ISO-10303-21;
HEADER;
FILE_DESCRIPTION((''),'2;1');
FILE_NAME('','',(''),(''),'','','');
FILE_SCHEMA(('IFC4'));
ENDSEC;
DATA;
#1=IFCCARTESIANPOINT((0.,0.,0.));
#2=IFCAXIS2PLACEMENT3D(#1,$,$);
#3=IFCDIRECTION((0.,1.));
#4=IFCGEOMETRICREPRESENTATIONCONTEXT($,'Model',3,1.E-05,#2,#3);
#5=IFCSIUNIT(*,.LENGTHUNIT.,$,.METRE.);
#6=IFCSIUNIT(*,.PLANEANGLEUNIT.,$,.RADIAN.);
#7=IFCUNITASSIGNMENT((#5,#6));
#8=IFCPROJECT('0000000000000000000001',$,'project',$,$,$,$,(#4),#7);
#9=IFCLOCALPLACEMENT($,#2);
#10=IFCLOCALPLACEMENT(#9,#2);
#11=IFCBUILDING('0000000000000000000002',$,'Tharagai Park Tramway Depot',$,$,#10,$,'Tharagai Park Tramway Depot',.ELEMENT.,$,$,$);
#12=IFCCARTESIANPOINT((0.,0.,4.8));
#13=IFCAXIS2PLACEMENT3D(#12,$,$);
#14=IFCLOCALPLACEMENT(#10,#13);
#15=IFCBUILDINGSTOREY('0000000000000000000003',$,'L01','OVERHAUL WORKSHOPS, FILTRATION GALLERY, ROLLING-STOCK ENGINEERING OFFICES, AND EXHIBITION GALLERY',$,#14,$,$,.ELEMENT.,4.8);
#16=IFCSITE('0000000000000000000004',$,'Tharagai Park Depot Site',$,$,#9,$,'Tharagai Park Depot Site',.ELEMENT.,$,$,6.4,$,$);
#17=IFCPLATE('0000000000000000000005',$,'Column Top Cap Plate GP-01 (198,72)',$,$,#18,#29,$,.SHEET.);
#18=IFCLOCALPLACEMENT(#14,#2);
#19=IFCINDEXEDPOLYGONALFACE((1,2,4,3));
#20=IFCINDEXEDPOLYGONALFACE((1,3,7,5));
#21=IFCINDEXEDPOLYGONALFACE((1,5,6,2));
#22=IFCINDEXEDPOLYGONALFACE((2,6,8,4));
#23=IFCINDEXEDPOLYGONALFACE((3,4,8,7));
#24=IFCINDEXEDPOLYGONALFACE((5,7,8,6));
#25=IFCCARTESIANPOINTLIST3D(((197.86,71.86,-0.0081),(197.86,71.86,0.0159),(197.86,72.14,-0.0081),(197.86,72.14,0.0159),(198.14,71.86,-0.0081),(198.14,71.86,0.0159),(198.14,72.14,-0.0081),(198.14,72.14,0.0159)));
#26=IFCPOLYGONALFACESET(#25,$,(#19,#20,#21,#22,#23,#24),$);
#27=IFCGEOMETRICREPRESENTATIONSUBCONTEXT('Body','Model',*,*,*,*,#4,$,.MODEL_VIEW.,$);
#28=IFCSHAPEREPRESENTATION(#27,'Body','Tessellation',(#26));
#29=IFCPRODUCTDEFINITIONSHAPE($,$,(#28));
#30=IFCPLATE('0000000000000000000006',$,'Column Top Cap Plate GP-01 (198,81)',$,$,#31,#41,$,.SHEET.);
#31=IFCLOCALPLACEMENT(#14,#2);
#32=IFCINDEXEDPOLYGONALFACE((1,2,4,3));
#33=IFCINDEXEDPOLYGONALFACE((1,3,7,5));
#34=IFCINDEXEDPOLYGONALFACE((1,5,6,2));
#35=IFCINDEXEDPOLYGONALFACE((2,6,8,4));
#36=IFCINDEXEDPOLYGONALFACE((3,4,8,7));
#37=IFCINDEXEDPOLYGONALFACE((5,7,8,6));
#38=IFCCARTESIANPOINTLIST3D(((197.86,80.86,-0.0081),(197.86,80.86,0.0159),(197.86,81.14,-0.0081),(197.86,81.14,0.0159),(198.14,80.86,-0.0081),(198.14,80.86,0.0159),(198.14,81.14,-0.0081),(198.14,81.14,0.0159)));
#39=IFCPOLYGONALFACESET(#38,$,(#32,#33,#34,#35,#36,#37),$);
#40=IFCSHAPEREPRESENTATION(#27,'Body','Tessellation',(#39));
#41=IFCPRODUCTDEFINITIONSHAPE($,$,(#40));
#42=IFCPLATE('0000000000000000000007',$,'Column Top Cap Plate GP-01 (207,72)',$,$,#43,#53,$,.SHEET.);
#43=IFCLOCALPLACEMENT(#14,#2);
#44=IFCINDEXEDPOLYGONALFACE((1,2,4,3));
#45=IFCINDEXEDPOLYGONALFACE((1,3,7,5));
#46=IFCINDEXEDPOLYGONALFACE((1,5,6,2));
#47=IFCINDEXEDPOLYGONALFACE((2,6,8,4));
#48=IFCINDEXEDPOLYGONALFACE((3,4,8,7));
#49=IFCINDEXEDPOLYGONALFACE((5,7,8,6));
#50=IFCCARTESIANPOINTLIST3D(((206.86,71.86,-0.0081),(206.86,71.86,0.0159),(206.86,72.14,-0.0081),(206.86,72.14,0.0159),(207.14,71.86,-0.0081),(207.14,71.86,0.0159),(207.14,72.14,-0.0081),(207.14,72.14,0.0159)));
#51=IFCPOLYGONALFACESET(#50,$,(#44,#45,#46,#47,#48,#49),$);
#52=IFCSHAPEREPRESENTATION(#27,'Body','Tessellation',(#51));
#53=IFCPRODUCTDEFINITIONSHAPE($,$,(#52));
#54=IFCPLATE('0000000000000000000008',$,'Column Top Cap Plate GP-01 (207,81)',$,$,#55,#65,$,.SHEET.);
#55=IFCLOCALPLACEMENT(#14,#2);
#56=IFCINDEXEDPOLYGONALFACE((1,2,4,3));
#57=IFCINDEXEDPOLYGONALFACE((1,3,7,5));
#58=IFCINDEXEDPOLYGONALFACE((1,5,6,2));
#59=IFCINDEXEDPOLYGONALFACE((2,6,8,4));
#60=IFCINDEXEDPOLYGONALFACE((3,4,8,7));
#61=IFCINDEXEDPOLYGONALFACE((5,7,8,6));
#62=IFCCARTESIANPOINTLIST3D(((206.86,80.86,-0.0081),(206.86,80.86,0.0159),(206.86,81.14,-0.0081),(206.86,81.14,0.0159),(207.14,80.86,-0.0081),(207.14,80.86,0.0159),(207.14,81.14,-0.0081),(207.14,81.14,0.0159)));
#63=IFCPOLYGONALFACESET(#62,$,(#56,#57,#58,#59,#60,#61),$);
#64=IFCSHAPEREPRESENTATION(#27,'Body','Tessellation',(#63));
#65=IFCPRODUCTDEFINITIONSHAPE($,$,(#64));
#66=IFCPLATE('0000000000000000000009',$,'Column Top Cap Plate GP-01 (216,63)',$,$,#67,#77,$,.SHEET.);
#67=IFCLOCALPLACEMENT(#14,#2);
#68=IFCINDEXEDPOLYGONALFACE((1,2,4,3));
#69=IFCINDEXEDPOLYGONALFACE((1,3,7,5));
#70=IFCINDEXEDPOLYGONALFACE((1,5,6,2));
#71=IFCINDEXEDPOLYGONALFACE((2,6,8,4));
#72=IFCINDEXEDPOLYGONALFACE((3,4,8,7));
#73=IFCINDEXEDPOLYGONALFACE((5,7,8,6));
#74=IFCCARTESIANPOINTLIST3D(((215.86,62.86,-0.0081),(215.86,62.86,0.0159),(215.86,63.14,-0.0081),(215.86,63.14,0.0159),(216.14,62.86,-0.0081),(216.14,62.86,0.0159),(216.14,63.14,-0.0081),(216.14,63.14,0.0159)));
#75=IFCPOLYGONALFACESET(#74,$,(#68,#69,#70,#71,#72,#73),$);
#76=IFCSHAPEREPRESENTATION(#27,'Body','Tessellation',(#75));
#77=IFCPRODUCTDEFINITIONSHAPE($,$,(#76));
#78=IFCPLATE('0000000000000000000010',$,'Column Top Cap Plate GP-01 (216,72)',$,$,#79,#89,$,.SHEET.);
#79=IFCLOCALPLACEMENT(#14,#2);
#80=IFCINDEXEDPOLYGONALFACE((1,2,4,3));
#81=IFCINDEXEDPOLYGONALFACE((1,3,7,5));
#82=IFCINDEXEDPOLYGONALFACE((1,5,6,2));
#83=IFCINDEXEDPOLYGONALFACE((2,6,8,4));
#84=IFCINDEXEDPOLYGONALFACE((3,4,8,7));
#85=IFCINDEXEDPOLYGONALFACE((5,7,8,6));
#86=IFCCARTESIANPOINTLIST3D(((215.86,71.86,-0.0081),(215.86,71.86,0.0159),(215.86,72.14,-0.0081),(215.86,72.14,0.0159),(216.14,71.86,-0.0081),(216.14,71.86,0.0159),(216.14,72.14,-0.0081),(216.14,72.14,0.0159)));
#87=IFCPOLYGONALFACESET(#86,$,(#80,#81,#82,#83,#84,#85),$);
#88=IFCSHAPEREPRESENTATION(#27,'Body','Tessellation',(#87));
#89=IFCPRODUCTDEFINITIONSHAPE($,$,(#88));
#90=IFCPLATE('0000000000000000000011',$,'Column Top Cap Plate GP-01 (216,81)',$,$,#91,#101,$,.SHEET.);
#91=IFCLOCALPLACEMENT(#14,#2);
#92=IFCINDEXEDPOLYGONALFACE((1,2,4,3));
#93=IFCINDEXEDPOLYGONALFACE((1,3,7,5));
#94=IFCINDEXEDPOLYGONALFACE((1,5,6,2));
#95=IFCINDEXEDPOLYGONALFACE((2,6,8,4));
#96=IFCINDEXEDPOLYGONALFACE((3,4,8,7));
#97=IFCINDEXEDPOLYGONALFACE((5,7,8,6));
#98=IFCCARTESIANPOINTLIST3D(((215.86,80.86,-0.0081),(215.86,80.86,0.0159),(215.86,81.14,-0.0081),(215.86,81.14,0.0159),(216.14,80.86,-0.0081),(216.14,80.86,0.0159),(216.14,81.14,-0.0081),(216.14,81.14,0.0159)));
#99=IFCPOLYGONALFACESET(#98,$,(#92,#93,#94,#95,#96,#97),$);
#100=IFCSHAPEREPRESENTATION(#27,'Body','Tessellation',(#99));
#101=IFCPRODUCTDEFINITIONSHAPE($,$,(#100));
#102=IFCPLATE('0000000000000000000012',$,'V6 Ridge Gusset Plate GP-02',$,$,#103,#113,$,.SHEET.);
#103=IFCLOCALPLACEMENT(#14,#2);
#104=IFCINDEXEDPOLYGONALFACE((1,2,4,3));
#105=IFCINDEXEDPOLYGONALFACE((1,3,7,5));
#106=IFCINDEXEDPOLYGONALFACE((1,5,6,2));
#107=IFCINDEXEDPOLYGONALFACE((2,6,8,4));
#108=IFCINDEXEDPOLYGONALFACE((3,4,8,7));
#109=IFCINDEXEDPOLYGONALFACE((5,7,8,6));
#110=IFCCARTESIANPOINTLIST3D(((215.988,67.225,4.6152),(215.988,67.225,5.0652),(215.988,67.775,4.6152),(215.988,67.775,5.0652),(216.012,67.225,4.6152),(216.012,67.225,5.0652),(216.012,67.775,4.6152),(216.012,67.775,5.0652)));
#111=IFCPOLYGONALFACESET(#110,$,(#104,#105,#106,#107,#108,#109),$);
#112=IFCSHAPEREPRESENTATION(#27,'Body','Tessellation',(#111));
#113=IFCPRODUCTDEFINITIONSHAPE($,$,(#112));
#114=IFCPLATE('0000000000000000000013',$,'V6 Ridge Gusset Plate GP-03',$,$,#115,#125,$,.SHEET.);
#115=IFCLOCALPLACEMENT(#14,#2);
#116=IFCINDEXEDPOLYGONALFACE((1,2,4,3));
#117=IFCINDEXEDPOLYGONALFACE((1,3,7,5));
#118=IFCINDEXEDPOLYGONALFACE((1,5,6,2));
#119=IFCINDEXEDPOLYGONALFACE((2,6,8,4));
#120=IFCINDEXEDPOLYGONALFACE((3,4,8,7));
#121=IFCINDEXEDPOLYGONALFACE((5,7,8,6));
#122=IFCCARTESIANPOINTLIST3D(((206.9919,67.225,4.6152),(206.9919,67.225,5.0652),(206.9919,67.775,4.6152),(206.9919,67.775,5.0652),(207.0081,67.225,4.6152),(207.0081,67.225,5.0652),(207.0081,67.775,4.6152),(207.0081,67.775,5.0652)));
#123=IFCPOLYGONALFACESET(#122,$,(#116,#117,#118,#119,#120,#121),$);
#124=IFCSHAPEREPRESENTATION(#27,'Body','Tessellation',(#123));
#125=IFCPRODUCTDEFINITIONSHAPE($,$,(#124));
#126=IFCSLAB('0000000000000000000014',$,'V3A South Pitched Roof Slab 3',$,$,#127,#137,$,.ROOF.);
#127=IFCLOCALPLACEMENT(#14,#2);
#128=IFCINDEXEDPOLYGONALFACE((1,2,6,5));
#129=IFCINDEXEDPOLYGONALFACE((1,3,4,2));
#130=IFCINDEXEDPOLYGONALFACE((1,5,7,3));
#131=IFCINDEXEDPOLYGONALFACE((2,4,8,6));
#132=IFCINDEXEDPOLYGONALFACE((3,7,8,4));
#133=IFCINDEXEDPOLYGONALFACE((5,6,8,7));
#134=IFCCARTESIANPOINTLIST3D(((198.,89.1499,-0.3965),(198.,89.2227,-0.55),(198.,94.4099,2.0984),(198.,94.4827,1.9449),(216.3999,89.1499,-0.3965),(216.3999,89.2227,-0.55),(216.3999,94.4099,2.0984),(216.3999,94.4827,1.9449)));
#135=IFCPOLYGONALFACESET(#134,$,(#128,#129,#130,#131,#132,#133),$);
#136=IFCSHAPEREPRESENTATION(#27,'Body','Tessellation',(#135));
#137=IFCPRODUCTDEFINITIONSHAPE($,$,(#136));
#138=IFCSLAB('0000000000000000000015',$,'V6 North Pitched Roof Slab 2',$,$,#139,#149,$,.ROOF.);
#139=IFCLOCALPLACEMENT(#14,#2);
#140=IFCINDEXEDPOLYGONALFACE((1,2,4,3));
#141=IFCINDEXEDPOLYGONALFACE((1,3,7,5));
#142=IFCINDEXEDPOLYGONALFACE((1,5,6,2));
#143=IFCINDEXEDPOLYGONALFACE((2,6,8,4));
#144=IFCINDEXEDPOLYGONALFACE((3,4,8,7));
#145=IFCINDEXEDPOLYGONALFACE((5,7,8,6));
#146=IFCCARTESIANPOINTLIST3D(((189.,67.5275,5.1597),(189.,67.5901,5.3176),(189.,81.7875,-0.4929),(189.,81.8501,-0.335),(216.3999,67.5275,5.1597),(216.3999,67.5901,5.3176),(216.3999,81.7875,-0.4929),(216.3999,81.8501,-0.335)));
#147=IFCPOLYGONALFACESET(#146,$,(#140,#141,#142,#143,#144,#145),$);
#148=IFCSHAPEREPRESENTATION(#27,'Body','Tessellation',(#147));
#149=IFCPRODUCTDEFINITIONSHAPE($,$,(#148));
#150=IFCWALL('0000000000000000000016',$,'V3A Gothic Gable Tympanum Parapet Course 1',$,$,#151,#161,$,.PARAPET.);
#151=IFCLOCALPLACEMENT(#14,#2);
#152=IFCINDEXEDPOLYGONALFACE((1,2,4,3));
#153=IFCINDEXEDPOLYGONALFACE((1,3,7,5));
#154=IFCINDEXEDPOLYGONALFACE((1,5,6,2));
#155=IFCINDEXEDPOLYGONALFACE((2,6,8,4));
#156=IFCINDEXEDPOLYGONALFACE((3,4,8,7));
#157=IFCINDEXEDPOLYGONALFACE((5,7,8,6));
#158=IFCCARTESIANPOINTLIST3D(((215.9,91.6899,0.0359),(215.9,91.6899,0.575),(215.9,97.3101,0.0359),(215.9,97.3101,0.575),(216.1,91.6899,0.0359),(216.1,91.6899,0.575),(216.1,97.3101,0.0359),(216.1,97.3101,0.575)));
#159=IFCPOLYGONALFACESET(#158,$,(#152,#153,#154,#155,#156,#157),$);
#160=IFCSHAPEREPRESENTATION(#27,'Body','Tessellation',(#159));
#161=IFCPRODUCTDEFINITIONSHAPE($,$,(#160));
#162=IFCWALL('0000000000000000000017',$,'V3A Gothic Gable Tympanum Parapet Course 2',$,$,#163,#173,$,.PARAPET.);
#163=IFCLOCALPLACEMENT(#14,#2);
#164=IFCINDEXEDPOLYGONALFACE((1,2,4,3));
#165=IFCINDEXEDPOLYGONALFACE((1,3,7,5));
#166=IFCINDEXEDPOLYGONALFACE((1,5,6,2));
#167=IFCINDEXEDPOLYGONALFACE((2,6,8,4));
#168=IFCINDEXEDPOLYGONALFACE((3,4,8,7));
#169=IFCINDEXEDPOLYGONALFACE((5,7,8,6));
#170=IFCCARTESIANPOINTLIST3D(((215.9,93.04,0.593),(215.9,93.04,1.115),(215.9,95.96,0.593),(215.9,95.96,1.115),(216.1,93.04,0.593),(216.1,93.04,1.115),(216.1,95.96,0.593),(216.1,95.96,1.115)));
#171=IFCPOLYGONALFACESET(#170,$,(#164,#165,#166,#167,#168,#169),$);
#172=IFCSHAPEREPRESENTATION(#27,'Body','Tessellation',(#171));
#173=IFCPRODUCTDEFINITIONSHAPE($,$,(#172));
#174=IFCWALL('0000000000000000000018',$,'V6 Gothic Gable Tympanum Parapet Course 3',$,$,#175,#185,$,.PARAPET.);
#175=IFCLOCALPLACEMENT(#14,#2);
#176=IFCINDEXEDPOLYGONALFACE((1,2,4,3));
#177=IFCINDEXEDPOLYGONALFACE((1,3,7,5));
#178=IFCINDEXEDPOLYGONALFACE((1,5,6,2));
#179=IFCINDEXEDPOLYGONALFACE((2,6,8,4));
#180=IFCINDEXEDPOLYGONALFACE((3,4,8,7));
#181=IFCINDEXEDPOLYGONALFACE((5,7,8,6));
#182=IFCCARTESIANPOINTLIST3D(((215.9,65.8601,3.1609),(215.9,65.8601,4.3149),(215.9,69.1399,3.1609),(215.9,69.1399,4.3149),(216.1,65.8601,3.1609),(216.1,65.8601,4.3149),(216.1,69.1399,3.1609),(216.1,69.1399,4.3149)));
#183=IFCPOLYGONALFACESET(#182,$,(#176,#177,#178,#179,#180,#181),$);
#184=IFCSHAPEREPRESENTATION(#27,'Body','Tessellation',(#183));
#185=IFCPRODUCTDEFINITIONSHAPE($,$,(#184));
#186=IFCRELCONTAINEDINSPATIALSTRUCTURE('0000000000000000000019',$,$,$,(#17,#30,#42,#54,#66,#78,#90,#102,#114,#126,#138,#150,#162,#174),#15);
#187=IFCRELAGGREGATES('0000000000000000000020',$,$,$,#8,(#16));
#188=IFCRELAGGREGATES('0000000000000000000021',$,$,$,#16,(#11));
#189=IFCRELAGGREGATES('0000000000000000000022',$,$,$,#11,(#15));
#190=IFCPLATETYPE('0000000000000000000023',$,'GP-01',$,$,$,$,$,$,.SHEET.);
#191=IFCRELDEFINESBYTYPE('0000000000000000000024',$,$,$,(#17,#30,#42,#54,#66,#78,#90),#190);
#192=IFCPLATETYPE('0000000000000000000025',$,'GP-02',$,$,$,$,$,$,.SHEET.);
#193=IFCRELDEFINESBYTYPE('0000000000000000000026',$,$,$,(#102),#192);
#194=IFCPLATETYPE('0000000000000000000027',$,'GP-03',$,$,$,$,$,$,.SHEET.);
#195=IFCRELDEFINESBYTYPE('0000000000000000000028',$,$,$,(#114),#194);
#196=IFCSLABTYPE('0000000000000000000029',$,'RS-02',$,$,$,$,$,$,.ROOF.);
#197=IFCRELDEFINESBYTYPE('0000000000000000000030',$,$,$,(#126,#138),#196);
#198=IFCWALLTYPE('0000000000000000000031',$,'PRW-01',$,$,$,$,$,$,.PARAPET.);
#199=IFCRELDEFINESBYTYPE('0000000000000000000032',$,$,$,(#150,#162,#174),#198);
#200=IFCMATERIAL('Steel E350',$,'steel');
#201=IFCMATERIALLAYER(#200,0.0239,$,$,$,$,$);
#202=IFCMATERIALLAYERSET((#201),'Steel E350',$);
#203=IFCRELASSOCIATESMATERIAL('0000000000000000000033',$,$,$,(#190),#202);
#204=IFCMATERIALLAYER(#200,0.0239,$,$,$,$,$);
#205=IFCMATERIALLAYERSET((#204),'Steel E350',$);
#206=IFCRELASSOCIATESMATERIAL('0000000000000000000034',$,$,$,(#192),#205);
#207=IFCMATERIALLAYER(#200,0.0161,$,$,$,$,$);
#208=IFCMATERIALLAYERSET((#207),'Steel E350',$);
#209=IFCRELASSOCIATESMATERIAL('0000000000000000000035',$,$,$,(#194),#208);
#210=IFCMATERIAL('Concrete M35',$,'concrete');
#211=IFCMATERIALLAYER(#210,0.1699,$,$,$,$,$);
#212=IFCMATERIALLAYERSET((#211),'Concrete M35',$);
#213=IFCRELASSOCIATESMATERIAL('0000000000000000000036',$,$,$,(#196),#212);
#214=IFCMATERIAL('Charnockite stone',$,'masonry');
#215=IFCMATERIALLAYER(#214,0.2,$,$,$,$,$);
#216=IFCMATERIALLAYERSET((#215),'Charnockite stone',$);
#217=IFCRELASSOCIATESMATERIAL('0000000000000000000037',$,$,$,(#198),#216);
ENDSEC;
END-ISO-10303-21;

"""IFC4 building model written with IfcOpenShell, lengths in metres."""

from ifc_helpers import new_model, si_unit, direction, frame, frame_2d, origin, origin_2d, place, context, subcontext, project, spatial, polyline, rectangle, outline, extrude, material, layer, layer_set, type_object, element, save


model = new_model("IFC4")

# Units and contexts
model_context = context("Model", 3, precision=1e-05, world=origin(), true_north=direction((0.0, 1.0)))
body_context = subcontext(model_context, "Body", "Model", "MODEL_VIEW")
ifc_project = project(units=[si_unit("LENGTHUNIT", "METRE"), si_unit("PLANEANGLEUNIT", "RADIAN")], contexts=[model_context])

# Site, building, storey
site_placement = place(None, origin())
site = spatial("IfcSite", under=ifc_project, at=site_placement, Name="Tharagai Park Depot Site", LongName="Tharagai Park Depot Site", CompositionType="ELEMENT", RefElevation=6.4)
building_placement = place(site_placement, origin())
building = spatial("IfcBuilding", under=site, at=building_placement, Name="Tharagai Park Tramway Depot", LongName="Tharagai Park Tramway Depot", CompositionType="ELEMENT")
storey_placement = place(building_placement, frame((0.0, 0.0, 4.8)))
storey = spatial("IfcBuildingStorey", under=building, at=storey_placement, Name="L01", Description="OVERHAUL WORKSHOPS, FILTRATION GALLERY, ROLLING-STOCK ENGINEERING OFFICES, AND EXHIBITION GALLERY", CompositionType="ELEMENT", Elevation=4.8)

# Shared definitions
ifc_material_1 = material(Name="Steel E350", Category="steel")

# Plates
ifc_layer_1 = layer(ifc_material_1, 0.0239)
ifc_layer_set_1 = layer_set([ifc_layer_1], Name="Steel E350")
plate_type_1 = type_object("IfcPlateType", Name="GP-01", PredefinedType="SHEET", material=ifc_layer_set_1)
for number, where, z_axis, x_axis, name in (
    (1, (198.0, 72.0, -0.0081), (0.0, 0.0, 1.0), (1.0, 0.0, 0.0), "Column Top Cap Plate GP-01 (198,72)"),
    (2, (198.0, 81.0, -0.0081), (0.0, 0.0, 1.0), (1.0, 0.0, 0.0), "Column Top Cap Plate GP-01 (198,81)"),
    (3, (207.0, 72.0, -0.0081), (0.0, 0.0, 1.0), (1.0, 0.0, 0.0), "Column Top Cap Plate GP-01 (207,72)"),
    (4, (207.0, 81.0, -0.0081), (0.0, 0.0, 1.0), (1.0, 0.0, 0.0), "Column Top Cap Plate GP-01 (207,81)"),
    (5, (216.0, 63.0, -0.0081), (0.0, 0.0, 1.0), (1.0, 0.0, 0.0), "Column Top Cap Plate GP-01 (216,63)"),
    (6, (216.0, 72.0, -0.0081), (0.0, 0.0, 1.0), (1.0, 0.0, 0.0), "Column Top Cap Plate GP-01 (216,72)"),
    (7, (216.0, 81.0, -0.0081), (0.0, 0.0, 1.0), (1.0, 0.0, 0.0), "Column Top Cap Plate GP-01 (216,81)"),
):
    element("IfcPlate", number, at=place(storey_placement, frame(where, z_axis=z_axis, x_axis=x_axis)), inside=storey, type_object=plate_type_1, Name=name, PredefinedType="SHEET", context=body_context, shape_type="SweptSolid", body=[
        extrude(rectangle(XDim=0.28, YDim=0.28, at=origin_2d()), origin(), (0.0, 0.0, 1.0), 0.0239),
    ])
ifc_layer_2 = layer(ifc_material_1, 0.0239)
ifc_layer_set_2 = layer_set([ifc_layer_2], Name="Steel E350")
plate_type_2 = type_object("IfcPlateType", Name="GP-02", PredefinedType="SHEET", material=ifc_layer_set_2)
plate_1_placement = place(storey_placement, frame((216.0, 67.5, 4.6152), z_axis=(0.0, 0.0, 1.0), x_axis=(1.0, 0.0, 0.0)))
element("IfcPlate", 8, at=plate_1_placement, inside=storey, type_object=plate_type_2, Name="V6 Ridge Gusset Plate GP-02", PredefinedType="SHEET", context=body_context, shape_type="SweptSolid", body=[
    extrude(rectangle(XDim=0.0239, YDim=0.55, at=origin_2d()), origin(), (0.0, 0.0, 1.0), 0.45),
])
ifc_layer_3 = layer(ifc_material_1, 0.0161)
ifc_layer_set_3 = layer_set([ifc_layer_3], Name="Steel E350")
plate_type_3 = type_object("IfcPlateType", Name="GP-03", PredefinedType="SHEET", material=ifc_layer_set_3)
plate_2_placement = place(storey_placement, frame((207.0, 67.5, 4.6152), z_axis=(0.0, 0.0, 1.0), x_axis=(1.0, 0.0, 0.0)))
element("IfcPlate", 9, at=plate_2_placement, inside=storey, type_object=plate_type_3, Name="V6 Ridge Gusset Plate GP-03", PredefinedType="SHEET", context=body_context, shape_type="SweptSolid", body=[
    extrude(rectangle(XDim=0.0161, YDim=0.55, at=origin_2d()), origin(), (0.0, 0.0, 1.0), 0.45),
])

# Slabs
ifc_material_2 = material(Name="Concrete M35", Category="concrete")
ifc_layer_4 = layer(ifc_material_2, 0.1699)
ifc_layer_set_4 = layer_set([ifc_layer_4], Name="Concrete M35")
slab_type = type_object("IfcSlabType", Name="RS-02", PredefinedType="ROOF", material=ifc_layer_set_4)
slab_1_placement = place(storey_placement, frame((198.0, 89.1499, -0.3965), z_axis=(0.0, -0.428548, 0.903519), x_axis=(1.0, 0.0, 0.0)))
element("IfcSlab", 10, at=slab_1_placement, inside=storey, type_object=slab_type, Name="V3A South Pitched Roof Slab 3", PredefinedType="ROOF", context=body_context, shape_type="SweptSolid", body=[
    extrude(outline(polyline([(0.0, 0.0), (18.3999, 0.0), (18.3999, 5.8217), (0.0, 5.8217), (0.0, 0.0)])), origin(), (0.0, 0.0, -1.0), 0.1699),
])
slab_2_placement = place(storey_placement, frame((216.3999, 81.8501, -0.335), z_axis=(0.0, 0.368499, 0.929628), x_axis=(-1.0, 0.0, 0.0)))
element("IfcSlab", 11, at=slab_2_placement, inside=storey, type_object=slab_type, Name="V6 North Pitched Roof Slab 2", PredefinedType="ROOF", context=body_context, shape_type="SweptSolid", body=[
    extrude(outline(polyline([(0.0, 0.0), (27.3999, 0.0), (27.3999, 15.3395), (0.0, 15.3395), (0.0, 0.0)])), origin(), (0.0, 0.0, -1.0), 0.1699),
])

# Walls
ifc_material_3 = material(Name="Charnockite stone", Category="masonry")
ifc_layer_5 = layer(ifc_material_3, 0.2)
ifc_layer_set_5 = layer_set([ifc_layer_5], Name="Charnockite stone")
wall_type = type_object("IfcWallType", Name="PRW-01", PredefinedType="PARAPET", material=ifc_layer_set_5)
wall_1_placement = place(storey_placement, frame((216.0, 91.6899, 0.0359), z_axis=(0.0, 0.0, 1.0), x_axis=(0.0, 1.0, 0.0)))
element("IfcWall", 12, at=wall_1_placement, inside=storey, type_object=wall_type, Name="V3A Gothic Gable Tympanum Parapet Course 1", PredefinedType="PARAPET", context=body_context, shape_type="SweptSolid", body=[
    extrude(rectangle(XDim=5.6201, YDim=0.2, at=frame_2d((2.8101, 0.0))), origin(), (0.0, 0.0, 1.0), 0.5391),
])
wall_2_placement = place(storey_placement, frame((216.0, 93.04, 0.593), z_axis=(0.0, 0.0, 1.0), x_axis=(0.0, 1.0, 0.0)))
element("IfcWall", 13, at=wall_2_placement, inside=storey, type_object=wall_type, Name="V3A Gothic Gable Tympanum Parapet Course 2", PredefinedType="PARAPET", context=body_context, shape_type="SweptSolid", body=[
    extrude(rectangle(XDim=2.9199, YDim=0.2, at=frame_2d((1.46, 0.0))), origin(), (0.0, 0.0, 1.0), 0.522),
])
wall_3_placement = place(storey_placement, frame((216.0, 65.8601, 3.1609), z_axis=(0.0, 0.0, 1.0), x_axis=(0.0, 1.0, 0.0)))
element("IfcWall", 14, at=wall_3_placement, inside=storey, type_object=wall_type, Name="V6 Gothic Gable Tympanum Parapet Course 3", PredefinedType="PARAPET", context=body_context, shape_type="SweptSolid", body=[
    extrude(rectangle(XDim=3.2798, YDim=0.2, at=frame_2d((1.6399, 0.0))), origin(), (0.0, 0.0, 1.0), 1.1541),
])

save(model, "model.ifc")
